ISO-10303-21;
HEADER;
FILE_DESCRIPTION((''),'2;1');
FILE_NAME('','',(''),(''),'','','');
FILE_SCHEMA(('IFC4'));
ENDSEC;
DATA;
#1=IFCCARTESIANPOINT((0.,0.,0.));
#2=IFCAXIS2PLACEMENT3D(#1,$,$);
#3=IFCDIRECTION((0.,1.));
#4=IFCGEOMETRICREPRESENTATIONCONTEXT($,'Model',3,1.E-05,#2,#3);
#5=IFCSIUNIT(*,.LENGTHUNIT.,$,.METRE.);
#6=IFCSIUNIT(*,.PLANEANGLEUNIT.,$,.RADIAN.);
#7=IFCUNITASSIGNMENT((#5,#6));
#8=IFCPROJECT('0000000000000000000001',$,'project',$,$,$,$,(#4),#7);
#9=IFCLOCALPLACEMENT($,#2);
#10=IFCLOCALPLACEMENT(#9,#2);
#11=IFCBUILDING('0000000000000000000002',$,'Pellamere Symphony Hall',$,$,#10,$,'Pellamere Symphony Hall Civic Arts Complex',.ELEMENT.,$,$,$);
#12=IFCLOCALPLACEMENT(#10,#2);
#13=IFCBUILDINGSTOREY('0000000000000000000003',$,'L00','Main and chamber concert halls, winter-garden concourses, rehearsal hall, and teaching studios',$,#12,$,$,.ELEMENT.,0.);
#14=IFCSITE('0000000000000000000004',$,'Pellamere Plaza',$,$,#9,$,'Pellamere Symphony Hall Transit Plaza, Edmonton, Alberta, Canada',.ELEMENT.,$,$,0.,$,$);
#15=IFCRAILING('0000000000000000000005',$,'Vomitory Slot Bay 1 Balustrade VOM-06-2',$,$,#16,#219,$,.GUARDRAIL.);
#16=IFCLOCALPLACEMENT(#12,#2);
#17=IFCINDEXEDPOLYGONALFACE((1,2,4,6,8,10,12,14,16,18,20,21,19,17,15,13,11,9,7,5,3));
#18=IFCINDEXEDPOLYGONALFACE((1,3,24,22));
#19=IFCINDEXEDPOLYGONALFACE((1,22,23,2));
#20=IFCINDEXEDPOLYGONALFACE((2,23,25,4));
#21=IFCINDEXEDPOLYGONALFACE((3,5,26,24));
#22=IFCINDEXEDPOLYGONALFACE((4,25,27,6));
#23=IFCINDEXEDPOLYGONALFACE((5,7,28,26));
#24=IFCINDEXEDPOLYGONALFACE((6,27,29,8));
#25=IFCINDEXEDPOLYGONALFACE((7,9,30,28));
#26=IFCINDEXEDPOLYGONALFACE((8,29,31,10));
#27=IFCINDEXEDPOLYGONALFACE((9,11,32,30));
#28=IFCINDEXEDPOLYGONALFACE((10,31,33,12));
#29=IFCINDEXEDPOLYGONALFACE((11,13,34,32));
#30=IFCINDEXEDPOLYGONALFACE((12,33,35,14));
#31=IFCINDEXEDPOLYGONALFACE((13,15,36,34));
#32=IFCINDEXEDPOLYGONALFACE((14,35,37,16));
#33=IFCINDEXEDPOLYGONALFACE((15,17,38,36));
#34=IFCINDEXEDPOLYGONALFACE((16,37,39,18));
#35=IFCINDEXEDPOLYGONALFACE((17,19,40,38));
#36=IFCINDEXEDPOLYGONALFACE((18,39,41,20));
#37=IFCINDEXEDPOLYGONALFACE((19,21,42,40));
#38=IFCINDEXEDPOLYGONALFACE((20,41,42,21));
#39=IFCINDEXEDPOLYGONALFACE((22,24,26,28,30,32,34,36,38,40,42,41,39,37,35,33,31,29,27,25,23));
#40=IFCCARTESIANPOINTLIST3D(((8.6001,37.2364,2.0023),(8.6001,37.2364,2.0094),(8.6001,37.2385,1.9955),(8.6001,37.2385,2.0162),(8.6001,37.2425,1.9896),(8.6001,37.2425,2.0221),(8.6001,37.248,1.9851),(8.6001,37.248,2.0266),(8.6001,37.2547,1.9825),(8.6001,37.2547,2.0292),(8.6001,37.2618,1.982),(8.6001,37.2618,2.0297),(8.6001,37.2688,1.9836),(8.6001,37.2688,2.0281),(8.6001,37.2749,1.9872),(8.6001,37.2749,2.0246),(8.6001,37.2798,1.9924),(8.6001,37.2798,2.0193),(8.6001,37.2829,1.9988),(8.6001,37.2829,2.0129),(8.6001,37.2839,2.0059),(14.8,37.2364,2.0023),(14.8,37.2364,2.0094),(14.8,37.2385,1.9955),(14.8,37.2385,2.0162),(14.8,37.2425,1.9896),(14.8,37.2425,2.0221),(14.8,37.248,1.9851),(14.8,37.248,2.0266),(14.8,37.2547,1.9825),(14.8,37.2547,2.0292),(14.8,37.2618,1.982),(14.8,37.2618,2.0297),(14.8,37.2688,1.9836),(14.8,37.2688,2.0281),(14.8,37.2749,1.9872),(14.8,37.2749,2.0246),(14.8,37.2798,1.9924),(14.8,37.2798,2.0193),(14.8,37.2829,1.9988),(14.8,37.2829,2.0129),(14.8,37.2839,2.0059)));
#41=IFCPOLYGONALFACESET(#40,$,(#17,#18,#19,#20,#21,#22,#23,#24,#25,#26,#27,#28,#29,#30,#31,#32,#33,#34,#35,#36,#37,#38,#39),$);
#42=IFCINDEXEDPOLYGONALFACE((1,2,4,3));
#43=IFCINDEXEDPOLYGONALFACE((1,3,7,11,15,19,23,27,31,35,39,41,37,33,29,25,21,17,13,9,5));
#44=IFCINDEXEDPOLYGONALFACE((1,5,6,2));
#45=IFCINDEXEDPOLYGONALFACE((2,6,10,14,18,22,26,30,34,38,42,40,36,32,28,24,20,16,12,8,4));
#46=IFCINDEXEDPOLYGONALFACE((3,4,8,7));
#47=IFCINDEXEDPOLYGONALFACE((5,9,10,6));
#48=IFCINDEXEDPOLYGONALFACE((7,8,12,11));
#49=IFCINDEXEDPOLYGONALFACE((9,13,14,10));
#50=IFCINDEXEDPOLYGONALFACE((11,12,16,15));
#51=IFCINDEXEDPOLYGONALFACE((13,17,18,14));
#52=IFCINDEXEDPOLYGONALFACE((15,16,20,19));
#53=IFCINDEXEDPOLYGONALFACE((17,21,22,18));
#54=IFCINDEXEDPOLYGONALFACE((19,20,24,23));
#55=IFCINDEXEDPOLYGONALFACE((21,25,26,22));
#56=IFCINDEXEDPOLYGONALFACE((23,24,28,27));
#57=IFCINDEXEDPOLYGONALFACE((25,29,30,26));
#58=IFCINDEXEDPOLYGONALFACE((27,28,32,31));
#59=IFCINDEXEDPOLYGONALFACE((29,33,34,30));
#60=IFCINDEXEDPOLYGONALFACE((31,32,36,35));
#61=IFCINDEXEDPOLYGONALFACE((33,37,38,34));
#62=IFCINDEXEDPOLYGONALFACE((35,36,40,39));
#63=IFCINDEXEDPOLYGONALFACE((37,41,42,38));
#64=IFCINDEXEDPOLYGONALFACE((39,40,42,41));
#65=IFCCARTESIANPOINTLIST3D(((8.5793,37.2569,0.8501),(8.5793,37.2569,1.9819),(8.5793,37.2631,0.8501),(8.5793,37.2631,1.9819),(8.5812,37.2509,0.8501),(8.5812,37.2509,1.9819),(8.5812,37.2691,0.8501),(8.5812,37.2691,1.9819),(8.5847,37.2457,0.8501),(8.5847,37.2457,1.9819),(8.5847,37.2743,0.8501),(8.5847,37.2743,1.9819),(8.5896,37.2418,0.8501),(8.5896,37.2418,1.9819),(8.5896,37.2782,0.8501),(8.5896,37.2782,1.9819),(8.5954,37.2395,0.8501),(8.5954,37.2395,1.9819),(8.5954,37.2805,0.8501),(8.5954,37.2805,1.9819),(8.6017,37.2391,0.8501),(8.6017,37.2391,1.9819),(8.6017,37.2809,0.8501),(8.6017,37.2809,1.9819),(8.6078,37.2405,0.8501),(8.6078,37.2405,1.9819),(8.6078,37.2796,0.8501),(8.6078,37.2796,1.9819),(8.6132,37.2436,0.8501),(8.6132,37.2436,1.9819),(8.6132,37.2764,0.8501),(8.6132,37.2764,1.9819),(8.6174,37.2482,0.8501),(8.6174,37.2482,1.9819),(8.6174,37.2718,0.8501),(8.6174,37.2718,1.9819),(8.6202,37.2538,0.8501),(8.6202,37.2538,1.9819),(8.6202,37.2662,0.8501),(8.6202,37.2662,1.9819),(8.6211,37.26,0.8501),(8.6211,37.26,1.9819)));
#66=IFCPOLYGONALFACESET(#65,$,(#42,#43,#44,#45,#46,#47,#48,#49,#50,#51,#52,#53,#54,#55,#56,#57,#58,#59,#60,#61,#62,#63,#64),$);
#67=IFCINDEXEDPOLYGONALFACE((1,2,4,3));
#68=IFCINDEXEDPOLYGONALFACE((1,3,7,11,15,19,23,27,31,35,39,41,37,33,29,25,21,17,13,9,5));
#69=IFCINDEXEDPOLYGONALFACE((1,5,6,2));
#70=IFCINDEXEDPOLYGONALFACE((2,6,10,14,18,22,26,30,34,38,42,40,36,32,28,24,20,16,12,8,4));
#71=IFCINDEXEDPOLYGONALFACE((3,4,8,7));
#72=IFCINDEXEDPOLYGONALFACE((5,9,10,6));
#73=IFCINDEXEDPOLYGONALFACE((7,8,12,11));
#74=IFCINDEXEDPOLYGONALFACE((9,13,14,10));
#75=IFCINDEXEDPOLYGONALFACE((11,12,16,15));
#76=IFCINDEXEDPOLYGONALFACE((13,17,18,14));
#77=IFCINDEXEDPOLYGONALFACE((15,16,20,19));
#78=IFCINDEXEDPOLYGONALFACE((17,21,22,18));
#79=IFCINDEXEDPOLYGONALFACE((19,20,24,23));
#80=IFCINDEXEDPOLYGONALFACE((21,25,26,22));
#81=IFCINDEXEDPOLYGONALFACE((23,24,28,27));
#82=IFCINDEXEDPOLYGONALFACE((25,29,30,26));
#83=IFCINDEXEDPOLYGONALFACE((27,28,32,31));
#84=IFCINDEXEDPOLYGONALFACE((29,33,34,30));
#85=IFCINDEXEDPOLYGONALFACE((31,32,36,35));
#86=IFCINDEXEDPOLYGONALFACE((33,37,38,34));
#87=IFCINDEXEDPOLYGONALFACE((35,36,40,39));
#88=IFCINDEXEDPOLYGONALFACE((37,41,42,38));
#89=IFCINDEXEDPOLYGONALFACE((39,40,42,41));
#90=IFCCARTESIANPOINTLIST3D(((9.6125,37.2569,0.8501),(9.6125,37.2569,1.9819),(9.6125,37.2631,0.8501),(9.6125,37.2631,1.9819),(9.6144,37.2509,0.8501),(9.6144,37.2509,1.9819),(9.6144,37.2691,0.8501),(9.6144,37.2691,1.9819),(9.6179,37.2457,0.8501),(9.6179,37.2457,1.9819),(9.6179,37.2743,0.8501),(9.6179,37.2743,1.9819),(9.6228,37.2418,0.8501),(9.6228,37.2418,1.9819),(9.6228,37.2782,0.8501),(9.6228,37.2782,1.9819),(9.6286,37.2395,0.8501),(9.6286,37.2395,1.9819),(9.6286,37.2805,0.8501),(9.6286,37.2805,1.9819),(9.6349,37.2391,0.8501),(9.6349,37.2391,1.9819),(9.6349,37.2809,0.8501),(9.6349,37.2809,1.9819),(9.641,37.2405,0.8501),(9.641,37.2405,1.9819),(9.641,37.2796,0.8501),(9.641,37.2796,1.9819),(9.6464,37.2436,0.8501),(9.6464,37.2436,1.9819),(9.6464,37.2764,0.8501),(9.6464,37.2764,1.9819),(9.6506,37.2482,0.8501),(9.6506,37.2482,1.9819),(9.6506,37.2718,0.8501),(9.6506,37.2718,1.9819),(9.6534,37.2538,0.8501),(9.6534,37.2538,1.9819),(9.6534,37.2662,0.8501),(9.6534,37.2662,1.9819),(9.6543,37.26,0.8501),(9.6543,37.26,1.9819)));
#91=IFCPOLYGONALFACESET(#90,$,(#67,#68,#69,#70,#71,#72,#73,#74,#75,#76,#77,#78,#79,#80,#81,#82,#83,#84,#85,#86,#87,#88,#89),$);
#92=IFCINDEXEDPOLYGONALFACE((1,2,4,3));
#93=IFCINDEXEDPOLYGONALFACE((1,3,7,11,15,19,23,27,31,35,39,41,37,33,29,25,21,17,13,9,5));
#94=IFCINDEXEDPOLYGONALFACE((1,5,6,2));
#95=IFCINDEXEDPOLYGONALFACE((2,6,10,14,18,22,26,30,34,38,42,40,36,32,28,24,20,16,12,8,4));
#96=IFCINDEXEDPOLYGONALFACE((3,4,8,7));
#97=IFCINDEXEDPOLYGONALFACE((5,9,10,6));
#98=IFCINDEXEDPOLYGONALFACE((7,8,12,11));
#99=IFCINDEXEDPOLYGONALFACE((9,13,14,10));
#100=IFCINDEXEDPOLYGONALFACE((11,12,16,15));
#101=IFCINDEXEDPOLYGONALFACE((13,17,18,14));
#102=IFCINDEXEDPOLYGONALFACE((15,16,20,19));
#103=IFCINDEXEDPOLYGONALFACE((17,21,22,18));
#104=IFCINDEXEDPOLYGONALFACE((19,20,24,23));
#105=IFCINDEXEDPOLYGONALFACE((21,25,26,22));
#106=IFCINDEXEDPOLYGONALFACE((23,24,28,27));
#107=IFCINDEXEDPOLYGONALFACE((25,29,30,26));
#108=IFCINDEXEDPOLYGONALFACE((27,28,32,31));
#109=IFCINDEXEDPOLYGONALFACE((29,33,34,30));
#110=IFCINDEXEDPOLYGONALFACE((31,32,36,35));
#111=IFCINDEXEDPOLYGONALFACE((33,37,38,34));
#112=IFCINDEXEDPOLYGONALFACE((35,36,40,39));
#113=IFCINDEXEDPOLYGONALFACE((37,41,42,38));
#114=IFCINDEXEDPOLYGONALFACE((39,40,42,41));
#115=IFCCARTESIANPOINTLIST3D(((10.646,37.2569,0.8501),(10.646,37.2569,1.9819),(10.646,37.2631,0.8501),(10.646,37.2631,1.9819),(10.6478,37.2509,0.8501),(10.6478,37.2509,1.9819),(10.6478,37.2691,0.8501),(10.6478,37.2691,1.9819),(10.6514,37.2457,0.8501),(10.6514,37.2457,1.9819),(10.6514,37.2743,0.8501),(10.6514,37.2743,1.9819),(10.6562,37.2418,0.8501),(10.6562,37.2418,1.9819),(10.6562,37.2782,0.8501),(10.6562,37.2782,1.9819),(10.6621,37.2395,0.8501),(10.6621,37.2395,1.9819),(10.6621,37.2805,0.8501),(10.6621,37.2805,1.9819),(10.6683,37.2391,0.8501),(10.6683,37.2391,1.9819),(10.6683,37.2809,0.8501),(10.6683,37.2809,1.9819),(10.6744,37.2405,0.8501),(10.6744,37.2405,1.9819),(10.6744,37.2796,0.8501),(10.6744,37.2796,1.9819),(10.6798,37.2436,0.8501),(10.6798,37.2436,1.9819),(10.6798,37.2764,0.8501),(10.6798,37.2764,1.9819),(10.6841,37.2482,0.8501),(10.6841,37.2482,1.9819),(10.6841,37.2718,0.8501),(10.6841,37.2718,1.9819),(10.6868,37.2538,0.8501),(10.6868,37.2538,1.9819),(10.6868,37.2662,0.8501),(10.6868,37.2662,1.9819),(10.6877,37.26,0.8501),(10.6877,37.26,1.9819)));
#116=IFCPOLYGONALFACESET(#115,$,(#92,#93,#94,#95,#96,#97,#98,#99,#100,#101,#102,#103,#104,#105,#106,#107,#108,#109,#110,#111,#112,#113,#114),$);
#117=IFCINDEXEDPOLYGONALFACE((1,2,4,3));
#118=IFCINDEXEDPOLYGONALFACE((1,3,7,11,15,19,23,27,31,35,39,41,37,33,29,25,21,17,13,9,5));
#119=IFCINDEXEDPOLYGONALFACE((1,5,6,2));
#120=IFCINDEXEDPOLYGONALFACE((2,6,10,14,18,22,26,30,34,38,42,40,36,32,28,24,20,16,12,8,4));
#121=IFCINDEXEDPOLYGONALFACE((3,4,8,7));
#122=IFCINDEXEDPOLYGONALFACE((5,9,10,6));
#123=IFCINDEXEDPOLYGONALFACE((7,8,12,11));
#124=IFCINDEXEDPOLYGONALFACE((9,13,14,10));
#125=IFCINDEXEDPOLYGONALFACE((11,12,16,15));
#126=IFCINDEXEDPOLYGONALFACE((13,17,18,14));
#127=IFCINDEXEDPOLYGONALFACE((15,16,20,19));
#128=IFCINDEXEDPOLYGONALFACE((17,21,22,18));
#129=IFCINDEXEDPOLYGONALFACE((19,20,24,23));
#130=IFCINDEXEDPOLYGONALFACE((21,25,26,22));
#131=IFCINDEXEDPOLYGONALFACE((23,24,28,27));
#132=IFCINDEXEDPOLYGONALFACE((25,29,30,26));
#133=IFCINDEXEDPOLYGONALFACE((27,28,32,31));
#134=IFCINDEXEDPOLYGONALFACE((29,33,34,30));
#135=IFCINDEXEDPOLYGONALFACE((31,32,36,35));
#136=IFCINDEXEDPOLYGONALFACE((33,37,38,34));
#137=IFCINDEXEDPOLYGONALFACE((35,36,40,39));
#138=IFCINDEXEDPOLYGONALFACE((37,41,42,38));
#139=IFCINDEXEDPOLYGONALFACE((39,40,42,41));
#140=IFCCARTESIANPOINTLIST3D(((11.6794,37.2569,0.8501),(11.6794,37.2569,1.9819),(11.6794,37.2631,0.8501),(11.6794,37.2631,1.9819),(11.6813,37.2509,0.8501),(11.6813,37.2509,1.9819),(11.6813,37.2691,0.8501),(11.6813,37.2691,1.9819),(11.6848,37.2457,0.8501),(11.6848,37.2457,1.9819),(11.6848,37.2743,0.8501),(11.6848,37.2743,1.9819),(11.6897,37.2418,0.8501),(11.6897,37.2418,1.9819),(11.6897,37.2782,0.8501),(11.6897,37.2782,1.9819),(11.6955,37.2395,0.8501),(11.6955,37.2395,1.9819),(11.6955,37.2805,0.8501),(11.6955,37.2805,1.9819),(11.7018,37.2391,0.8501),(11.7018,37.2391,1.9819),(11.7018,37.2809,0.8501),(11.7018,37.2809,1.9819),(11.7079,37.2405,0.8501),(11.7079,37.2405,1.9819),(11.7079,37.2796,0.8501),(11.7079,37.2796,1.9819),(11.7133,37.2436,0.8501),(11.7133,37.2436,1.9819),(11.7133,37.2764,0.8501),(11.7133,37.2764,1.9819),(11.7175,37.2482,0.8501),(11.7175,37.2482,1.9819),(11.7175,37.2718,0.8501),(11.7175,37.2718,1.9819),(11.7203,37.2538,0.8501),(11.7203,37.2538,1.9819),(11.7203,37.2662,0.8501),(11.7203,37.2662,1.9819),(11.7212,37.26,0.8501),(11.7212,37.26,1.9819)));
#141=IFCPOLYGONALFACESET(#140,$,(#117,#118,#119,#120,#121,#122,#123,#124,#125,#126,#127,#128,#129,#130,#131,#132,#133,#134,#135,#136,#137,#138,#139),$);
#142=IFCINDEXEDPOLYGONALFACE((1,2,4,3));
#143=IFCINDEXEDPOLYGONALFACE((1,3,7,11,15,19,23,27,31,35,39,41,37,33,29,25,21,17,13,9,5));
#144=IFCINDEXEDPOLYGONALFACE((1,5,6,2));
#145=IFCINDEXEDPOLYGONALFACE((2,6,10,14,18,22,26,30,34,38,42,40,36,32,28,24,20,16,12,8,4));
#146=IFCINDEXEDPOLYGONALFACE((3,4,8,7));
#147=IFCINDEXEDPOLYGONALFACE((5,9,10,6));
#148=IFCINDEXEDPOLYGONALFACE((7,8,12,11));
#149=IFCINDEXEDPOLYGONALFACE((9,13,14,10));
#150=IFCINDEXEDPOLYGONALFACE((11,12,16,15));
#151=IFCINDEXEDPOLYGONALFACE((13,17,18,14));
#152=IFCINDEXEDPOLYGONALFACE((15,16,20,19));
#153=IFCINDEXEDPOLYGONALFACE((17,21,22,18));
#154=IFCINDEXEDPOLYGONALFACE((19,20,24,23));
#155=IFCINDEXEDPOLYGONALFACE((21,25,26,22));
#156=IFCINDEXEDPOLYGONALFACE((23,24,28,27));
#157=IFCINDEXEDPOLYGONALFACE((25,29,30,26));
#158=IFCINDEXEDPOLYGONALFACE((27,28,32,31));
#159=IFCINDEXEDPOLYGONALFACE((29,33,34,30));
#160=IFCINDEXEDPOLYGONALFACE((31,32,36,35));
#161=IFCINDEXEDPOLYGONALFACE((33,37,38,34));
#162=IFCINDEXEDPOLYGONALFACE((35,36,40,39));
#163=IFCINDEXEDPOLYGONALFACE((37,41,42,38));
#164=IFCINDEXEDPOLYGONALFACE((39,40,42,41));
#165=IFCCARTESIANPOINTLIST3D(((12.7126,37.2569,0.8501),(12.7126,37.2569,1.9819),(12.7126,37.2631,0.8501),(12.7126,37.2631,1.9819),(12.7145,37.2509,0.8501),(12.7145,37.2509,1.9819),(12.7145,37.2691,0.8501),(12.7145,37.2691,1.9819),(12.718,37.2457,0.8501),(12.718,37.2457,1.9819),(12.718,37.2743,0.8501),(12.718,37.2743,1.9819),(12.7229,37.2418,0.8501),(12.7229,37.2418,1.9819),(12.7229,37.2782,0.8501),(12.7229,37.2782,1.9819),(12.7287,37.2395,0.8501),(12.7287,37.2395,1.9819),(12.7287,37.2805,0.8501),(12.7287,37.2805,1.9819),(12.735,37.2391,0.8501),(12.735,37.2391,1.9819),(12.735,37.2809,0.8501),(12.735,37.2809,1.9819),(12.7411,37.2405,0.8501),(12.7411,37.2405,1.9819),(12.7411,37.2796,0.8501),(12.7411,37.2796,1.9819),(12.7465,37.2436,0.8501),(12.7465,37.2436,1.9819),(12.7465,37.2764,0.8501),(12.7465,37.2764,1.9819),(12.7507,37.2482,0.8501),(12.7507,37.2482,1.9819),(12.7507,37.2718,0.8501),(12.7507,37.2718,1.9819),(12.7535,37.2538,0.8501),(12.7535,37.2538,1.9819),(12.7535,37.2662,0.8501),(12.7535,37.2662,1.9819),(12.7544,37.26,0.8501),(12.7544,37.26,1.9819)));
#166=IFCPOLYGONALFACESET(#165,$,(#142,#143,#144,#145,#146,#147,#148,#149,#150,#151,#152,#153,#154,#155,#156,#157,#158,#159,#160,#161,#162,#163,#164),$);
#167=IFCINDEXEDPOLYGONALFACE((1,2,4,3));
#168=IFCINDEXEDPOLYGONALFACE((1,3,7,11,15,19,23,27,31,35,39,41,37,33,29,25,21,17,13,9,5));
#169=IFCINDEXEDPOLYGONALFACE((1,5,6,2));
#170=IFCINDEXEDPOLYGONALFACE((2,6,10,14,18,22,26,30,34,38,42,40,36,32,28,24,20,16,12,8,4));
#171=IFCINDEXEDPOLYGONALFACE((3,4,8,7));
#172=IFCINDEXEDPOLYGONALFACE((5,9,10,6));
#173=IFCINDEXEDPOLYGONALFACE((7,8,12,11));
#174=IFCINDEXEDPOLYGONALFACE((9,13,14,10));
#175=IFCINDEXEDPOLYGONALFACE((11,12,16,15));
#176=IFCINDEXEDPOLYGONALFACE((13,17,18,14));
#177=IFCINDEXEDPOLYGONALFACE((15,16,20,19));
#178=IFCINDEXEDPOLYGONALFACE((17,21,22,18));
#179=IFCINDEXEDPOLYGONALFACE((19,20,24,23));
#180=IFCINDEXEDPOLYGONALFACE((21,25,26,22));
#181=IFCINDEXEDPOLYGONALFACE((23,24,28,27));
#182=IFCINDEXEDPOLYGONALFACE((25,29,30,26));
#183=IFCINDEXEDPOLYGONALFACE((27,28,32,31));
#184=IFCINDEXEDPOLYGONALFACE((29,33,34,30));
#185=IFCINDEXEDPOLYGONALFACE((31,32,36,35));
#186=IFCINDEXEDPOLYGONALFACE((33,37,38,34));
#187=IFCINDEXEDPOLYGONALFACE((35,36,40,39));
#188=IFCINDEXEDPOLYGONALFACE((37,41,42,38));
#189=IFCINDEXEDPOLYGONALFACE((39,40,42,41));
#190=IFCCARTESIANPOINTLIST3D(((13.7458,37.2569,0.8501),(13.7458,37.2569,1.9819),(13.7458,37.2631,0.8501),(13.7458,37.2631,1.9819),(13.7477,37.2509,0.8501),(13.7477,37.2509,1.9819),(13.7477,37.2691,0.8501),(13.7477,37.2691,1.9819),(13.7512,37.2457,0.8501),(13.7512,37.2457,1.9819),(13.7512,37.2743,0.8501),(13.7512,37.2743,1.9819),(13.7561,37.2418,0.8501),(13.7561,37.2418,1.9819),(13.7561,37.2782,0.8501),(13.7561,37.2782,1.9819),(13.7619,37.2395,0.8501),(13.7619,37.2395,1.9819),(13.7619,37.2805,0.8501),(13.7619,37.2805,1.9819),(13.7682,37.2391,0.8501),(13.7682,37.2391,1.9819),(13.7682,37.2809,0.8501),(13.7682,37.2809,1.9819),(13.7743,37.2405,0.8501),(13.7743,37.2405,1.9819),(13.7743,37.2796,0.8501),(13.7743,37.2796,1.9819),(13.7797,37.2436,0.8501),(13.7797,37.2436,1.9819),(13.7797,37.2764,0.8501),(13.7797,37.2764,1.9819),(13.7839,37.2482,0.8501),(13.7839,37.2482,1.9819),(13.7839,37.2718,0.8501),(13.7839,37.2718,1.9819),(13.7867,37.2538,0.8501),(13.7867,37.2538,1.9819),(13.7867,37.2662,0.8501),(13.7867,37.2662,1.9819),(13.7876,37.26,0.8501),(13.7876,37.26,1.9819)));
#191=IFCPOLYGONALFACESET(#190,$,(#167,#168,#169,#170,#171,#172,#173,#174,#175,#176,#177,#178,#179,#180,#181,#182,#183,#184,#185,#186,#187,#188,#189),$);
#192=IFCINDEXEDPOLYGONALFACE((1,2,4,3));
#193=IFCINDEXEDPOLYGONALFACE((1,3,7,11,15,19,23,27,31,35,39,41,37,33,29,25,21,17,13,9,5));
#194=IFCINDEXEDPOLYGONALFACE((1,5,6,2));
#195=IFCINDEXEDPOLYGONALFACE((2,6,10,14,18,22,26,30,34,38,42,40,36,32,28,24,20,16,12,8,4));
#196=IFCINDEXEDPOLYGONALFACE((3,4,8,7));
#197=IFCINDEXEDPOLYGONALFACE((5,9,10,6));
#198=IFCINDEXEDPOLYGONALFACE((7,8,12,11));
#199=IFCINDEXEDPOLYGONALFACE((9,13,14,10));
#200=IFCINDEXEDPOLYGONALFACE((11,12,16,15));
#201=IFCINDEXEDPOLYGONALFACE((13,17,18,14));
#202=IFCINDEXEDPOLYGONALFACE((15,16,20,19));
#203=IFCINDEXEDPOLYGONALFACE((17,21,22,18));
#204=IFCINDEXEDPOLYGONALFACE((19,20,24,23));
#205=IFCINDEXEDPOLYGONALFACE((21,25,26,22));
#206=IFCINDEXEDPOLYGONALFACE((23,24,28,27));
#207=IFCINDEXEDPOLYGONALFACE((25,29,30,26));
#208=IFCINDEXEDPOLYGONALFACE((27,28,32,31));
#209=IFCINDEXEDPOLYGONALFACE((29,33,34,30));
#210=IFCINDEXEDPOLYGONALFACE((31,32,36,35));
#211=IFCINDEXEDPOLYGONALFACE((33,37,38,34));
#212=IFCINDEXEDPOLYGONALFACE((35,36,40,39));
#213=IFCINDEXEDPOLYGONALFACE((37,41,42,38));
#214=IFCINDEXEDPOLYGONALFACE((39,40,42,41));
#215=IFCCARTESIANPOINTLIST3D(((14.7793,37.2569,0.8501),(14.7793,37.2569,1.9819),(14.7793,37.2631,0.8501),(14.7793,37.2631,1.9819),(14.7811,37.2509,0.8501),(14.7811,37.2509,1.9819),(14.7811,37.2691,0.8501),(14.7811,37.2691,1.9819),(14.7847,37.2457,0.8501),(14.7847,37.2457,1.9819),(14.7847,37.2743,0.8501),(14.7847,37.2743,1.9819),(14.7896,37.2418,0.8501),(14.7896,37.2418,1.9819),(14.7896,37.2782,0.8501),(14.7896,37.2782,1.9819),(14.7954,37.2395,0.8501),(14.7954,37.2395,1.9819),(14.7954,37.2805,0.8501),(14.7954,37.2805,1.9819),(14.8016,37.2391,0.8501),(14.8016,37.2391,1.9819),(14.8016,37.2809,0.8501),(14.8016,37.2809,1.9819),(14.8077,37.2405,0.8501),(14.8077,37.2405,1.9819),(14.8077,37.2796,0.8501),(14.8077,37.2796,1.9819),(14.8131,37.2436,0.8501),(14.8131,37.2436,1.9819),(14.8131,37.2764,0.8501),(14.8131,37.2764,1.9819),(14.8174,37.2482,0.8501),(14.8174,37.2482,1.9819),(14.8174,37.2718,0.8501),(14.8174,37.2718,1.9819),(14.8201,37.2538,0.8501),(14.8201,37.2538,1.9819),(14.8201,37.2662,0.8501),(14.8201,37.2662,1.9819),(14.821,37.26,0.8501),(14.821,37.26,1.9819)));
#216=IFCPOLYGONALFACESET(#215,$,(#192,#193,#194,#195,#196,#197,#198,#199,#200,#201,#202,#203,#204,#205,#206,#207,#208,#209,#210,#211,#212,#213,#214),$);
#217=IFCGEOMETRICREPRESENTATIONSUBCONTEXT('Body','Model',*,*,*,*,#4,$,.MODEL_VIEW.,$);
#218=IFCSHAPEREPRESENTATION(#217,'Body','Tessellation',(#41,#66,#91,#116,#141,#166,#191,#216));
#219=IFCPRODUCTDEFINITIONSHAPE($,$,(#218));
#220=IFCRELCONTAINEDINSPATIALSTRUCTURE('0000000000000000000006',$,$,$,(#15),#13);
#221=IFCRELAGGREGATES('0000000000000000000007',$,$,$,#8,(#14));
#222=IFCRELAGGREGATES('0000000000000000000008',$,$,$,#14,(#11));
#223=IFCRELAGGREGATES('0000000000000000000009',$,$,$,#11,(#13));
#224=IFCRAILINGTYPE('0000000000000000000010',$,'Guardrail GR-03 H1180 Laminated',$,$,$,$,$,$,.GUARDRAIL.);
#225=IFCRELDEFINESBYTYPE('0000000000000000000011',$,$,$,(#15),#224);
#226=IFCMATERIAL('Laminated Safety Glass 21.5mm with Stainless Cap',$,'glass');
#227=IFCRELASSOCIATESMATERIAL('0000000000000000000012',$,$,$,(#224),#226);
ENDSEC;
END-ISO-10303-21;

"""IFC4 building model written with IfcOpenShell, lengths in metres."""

from ifc_helpers import new_model, si_unit, direction, frame, origin, origin_2d, place, context, subcontext, project, spatial, circle, extrude, material, type_object, element, save


model = new_model("IFC4")

# Units and contexts
model_context = context("Model", 3, precision=1e-05, world=origin(), true_north=direction((0.0, 1.0)))
body_context = subcontext(model_context, "Body", "Model", "MODEL_VIEW")
ifc_project = project(units=[si_unit("LENGTHUNIT", "METRE"), si_unit("PLANEANGLEUNIT", "RADIAN")], contexts=[model_context])

# Site, building, storey
site_placement = place(None, origin())
site = spatial("IfcSite", under=ifc_project, at=site_placement, Name="Pellamere Plaza", LongName="Pellamere Symphony Hall Transit Plaza, Edmonton, Alberta, Canada", CompositionType="ELEMENT", RefElevation=0.0)
building_placement = place(site_placement, origin())
building = spatial("IfcBuilding", under=site, at=building_placement, Name="Pellamere Symphony Hall", LongName="Pellamere Symphony Hall Civic Arts Complex", CompositionType="ELEMENT")
storey_placement = place(building_placement, origin())
storey = spatial("IfcBuildingStorey", under=building, at=storey_placement, Name="L00", Description="Main and chamber concert halls, winter-garden concourses, rehearsal hall, and teaching studios", CompositionType="ELEMENT", Elevation=0.0)

# Railing
ifc_material_1 = material(Name="Laminated Safety Glass 21.5mm with Stainless Cap", Category="glass")
railing_type_1 = type_object("IfcRailingType", Name="Guardrail GR-03 H1180 Laminated", PredefinedType="GUARDRAIL", material=ifc_material_1)
railing_1_placement = place(storey_placement, frame((8.6001, 37.26, 0.8501)))
element("IfcRailing", 1, at=railing_1_placement, inside=storey, type_object=railing_type_1, Name="Vomitory Slot Bay 1 Balustrade VOM-06-2", PredefinedType="GUARDRAIL", context=body_context, shape_type="SweptSolid", body=[
    extrude(circle(Radius=0.0239, at=origin_2d()), frame((0.0, 0.0, 1.1558), z_axis=(1.0, 0.0, 0.0), x_axis=(0.0, 1.0, 0.0)), (0.0, 0.0, 1.0), 6.2),
    extrude(circle(Radius=0.021, at=origin_2d()), origin(), (0.0, 0.0, 1.0), 1.1318),
    extrude(circle(Radius=0.021, at=origin_2d()), frame((1.0332, 0.0, 0.0)), (0.0, 0.0, 1.0), 1.1318),
    extrude(circle(Radius=0.021, at=origin_2d()), frame((2.0667, 0.0, 0.0)), (0.0, 0.0, 1.0), 1.1318),
    extrude(circle(Radius=0.021, at=origin_2d()), frame((3.1001, 0.0, 0.0)), (0.0, 0.0, 1.0), 1.1318),
    extrude(circle(Radius=0.021, at=origin_2d()), frame((4.1333, 0.0, 0.0)), (0.0, 0.0, 1.0), 1.1318),
    extrude(circle(Radius=0.021, at=origin_2d()), frame((5.1665, 0.0, 0.0)), (0.0, 0.0, 1.0), 1.1318),
    extrude(circle(Radius=0.021, at=origin_2d()), frame((6.2, 0.0, 0.0)), (0.0, 0.0, 1.0), 1.1318),
])

save(model, "model.ifc")
